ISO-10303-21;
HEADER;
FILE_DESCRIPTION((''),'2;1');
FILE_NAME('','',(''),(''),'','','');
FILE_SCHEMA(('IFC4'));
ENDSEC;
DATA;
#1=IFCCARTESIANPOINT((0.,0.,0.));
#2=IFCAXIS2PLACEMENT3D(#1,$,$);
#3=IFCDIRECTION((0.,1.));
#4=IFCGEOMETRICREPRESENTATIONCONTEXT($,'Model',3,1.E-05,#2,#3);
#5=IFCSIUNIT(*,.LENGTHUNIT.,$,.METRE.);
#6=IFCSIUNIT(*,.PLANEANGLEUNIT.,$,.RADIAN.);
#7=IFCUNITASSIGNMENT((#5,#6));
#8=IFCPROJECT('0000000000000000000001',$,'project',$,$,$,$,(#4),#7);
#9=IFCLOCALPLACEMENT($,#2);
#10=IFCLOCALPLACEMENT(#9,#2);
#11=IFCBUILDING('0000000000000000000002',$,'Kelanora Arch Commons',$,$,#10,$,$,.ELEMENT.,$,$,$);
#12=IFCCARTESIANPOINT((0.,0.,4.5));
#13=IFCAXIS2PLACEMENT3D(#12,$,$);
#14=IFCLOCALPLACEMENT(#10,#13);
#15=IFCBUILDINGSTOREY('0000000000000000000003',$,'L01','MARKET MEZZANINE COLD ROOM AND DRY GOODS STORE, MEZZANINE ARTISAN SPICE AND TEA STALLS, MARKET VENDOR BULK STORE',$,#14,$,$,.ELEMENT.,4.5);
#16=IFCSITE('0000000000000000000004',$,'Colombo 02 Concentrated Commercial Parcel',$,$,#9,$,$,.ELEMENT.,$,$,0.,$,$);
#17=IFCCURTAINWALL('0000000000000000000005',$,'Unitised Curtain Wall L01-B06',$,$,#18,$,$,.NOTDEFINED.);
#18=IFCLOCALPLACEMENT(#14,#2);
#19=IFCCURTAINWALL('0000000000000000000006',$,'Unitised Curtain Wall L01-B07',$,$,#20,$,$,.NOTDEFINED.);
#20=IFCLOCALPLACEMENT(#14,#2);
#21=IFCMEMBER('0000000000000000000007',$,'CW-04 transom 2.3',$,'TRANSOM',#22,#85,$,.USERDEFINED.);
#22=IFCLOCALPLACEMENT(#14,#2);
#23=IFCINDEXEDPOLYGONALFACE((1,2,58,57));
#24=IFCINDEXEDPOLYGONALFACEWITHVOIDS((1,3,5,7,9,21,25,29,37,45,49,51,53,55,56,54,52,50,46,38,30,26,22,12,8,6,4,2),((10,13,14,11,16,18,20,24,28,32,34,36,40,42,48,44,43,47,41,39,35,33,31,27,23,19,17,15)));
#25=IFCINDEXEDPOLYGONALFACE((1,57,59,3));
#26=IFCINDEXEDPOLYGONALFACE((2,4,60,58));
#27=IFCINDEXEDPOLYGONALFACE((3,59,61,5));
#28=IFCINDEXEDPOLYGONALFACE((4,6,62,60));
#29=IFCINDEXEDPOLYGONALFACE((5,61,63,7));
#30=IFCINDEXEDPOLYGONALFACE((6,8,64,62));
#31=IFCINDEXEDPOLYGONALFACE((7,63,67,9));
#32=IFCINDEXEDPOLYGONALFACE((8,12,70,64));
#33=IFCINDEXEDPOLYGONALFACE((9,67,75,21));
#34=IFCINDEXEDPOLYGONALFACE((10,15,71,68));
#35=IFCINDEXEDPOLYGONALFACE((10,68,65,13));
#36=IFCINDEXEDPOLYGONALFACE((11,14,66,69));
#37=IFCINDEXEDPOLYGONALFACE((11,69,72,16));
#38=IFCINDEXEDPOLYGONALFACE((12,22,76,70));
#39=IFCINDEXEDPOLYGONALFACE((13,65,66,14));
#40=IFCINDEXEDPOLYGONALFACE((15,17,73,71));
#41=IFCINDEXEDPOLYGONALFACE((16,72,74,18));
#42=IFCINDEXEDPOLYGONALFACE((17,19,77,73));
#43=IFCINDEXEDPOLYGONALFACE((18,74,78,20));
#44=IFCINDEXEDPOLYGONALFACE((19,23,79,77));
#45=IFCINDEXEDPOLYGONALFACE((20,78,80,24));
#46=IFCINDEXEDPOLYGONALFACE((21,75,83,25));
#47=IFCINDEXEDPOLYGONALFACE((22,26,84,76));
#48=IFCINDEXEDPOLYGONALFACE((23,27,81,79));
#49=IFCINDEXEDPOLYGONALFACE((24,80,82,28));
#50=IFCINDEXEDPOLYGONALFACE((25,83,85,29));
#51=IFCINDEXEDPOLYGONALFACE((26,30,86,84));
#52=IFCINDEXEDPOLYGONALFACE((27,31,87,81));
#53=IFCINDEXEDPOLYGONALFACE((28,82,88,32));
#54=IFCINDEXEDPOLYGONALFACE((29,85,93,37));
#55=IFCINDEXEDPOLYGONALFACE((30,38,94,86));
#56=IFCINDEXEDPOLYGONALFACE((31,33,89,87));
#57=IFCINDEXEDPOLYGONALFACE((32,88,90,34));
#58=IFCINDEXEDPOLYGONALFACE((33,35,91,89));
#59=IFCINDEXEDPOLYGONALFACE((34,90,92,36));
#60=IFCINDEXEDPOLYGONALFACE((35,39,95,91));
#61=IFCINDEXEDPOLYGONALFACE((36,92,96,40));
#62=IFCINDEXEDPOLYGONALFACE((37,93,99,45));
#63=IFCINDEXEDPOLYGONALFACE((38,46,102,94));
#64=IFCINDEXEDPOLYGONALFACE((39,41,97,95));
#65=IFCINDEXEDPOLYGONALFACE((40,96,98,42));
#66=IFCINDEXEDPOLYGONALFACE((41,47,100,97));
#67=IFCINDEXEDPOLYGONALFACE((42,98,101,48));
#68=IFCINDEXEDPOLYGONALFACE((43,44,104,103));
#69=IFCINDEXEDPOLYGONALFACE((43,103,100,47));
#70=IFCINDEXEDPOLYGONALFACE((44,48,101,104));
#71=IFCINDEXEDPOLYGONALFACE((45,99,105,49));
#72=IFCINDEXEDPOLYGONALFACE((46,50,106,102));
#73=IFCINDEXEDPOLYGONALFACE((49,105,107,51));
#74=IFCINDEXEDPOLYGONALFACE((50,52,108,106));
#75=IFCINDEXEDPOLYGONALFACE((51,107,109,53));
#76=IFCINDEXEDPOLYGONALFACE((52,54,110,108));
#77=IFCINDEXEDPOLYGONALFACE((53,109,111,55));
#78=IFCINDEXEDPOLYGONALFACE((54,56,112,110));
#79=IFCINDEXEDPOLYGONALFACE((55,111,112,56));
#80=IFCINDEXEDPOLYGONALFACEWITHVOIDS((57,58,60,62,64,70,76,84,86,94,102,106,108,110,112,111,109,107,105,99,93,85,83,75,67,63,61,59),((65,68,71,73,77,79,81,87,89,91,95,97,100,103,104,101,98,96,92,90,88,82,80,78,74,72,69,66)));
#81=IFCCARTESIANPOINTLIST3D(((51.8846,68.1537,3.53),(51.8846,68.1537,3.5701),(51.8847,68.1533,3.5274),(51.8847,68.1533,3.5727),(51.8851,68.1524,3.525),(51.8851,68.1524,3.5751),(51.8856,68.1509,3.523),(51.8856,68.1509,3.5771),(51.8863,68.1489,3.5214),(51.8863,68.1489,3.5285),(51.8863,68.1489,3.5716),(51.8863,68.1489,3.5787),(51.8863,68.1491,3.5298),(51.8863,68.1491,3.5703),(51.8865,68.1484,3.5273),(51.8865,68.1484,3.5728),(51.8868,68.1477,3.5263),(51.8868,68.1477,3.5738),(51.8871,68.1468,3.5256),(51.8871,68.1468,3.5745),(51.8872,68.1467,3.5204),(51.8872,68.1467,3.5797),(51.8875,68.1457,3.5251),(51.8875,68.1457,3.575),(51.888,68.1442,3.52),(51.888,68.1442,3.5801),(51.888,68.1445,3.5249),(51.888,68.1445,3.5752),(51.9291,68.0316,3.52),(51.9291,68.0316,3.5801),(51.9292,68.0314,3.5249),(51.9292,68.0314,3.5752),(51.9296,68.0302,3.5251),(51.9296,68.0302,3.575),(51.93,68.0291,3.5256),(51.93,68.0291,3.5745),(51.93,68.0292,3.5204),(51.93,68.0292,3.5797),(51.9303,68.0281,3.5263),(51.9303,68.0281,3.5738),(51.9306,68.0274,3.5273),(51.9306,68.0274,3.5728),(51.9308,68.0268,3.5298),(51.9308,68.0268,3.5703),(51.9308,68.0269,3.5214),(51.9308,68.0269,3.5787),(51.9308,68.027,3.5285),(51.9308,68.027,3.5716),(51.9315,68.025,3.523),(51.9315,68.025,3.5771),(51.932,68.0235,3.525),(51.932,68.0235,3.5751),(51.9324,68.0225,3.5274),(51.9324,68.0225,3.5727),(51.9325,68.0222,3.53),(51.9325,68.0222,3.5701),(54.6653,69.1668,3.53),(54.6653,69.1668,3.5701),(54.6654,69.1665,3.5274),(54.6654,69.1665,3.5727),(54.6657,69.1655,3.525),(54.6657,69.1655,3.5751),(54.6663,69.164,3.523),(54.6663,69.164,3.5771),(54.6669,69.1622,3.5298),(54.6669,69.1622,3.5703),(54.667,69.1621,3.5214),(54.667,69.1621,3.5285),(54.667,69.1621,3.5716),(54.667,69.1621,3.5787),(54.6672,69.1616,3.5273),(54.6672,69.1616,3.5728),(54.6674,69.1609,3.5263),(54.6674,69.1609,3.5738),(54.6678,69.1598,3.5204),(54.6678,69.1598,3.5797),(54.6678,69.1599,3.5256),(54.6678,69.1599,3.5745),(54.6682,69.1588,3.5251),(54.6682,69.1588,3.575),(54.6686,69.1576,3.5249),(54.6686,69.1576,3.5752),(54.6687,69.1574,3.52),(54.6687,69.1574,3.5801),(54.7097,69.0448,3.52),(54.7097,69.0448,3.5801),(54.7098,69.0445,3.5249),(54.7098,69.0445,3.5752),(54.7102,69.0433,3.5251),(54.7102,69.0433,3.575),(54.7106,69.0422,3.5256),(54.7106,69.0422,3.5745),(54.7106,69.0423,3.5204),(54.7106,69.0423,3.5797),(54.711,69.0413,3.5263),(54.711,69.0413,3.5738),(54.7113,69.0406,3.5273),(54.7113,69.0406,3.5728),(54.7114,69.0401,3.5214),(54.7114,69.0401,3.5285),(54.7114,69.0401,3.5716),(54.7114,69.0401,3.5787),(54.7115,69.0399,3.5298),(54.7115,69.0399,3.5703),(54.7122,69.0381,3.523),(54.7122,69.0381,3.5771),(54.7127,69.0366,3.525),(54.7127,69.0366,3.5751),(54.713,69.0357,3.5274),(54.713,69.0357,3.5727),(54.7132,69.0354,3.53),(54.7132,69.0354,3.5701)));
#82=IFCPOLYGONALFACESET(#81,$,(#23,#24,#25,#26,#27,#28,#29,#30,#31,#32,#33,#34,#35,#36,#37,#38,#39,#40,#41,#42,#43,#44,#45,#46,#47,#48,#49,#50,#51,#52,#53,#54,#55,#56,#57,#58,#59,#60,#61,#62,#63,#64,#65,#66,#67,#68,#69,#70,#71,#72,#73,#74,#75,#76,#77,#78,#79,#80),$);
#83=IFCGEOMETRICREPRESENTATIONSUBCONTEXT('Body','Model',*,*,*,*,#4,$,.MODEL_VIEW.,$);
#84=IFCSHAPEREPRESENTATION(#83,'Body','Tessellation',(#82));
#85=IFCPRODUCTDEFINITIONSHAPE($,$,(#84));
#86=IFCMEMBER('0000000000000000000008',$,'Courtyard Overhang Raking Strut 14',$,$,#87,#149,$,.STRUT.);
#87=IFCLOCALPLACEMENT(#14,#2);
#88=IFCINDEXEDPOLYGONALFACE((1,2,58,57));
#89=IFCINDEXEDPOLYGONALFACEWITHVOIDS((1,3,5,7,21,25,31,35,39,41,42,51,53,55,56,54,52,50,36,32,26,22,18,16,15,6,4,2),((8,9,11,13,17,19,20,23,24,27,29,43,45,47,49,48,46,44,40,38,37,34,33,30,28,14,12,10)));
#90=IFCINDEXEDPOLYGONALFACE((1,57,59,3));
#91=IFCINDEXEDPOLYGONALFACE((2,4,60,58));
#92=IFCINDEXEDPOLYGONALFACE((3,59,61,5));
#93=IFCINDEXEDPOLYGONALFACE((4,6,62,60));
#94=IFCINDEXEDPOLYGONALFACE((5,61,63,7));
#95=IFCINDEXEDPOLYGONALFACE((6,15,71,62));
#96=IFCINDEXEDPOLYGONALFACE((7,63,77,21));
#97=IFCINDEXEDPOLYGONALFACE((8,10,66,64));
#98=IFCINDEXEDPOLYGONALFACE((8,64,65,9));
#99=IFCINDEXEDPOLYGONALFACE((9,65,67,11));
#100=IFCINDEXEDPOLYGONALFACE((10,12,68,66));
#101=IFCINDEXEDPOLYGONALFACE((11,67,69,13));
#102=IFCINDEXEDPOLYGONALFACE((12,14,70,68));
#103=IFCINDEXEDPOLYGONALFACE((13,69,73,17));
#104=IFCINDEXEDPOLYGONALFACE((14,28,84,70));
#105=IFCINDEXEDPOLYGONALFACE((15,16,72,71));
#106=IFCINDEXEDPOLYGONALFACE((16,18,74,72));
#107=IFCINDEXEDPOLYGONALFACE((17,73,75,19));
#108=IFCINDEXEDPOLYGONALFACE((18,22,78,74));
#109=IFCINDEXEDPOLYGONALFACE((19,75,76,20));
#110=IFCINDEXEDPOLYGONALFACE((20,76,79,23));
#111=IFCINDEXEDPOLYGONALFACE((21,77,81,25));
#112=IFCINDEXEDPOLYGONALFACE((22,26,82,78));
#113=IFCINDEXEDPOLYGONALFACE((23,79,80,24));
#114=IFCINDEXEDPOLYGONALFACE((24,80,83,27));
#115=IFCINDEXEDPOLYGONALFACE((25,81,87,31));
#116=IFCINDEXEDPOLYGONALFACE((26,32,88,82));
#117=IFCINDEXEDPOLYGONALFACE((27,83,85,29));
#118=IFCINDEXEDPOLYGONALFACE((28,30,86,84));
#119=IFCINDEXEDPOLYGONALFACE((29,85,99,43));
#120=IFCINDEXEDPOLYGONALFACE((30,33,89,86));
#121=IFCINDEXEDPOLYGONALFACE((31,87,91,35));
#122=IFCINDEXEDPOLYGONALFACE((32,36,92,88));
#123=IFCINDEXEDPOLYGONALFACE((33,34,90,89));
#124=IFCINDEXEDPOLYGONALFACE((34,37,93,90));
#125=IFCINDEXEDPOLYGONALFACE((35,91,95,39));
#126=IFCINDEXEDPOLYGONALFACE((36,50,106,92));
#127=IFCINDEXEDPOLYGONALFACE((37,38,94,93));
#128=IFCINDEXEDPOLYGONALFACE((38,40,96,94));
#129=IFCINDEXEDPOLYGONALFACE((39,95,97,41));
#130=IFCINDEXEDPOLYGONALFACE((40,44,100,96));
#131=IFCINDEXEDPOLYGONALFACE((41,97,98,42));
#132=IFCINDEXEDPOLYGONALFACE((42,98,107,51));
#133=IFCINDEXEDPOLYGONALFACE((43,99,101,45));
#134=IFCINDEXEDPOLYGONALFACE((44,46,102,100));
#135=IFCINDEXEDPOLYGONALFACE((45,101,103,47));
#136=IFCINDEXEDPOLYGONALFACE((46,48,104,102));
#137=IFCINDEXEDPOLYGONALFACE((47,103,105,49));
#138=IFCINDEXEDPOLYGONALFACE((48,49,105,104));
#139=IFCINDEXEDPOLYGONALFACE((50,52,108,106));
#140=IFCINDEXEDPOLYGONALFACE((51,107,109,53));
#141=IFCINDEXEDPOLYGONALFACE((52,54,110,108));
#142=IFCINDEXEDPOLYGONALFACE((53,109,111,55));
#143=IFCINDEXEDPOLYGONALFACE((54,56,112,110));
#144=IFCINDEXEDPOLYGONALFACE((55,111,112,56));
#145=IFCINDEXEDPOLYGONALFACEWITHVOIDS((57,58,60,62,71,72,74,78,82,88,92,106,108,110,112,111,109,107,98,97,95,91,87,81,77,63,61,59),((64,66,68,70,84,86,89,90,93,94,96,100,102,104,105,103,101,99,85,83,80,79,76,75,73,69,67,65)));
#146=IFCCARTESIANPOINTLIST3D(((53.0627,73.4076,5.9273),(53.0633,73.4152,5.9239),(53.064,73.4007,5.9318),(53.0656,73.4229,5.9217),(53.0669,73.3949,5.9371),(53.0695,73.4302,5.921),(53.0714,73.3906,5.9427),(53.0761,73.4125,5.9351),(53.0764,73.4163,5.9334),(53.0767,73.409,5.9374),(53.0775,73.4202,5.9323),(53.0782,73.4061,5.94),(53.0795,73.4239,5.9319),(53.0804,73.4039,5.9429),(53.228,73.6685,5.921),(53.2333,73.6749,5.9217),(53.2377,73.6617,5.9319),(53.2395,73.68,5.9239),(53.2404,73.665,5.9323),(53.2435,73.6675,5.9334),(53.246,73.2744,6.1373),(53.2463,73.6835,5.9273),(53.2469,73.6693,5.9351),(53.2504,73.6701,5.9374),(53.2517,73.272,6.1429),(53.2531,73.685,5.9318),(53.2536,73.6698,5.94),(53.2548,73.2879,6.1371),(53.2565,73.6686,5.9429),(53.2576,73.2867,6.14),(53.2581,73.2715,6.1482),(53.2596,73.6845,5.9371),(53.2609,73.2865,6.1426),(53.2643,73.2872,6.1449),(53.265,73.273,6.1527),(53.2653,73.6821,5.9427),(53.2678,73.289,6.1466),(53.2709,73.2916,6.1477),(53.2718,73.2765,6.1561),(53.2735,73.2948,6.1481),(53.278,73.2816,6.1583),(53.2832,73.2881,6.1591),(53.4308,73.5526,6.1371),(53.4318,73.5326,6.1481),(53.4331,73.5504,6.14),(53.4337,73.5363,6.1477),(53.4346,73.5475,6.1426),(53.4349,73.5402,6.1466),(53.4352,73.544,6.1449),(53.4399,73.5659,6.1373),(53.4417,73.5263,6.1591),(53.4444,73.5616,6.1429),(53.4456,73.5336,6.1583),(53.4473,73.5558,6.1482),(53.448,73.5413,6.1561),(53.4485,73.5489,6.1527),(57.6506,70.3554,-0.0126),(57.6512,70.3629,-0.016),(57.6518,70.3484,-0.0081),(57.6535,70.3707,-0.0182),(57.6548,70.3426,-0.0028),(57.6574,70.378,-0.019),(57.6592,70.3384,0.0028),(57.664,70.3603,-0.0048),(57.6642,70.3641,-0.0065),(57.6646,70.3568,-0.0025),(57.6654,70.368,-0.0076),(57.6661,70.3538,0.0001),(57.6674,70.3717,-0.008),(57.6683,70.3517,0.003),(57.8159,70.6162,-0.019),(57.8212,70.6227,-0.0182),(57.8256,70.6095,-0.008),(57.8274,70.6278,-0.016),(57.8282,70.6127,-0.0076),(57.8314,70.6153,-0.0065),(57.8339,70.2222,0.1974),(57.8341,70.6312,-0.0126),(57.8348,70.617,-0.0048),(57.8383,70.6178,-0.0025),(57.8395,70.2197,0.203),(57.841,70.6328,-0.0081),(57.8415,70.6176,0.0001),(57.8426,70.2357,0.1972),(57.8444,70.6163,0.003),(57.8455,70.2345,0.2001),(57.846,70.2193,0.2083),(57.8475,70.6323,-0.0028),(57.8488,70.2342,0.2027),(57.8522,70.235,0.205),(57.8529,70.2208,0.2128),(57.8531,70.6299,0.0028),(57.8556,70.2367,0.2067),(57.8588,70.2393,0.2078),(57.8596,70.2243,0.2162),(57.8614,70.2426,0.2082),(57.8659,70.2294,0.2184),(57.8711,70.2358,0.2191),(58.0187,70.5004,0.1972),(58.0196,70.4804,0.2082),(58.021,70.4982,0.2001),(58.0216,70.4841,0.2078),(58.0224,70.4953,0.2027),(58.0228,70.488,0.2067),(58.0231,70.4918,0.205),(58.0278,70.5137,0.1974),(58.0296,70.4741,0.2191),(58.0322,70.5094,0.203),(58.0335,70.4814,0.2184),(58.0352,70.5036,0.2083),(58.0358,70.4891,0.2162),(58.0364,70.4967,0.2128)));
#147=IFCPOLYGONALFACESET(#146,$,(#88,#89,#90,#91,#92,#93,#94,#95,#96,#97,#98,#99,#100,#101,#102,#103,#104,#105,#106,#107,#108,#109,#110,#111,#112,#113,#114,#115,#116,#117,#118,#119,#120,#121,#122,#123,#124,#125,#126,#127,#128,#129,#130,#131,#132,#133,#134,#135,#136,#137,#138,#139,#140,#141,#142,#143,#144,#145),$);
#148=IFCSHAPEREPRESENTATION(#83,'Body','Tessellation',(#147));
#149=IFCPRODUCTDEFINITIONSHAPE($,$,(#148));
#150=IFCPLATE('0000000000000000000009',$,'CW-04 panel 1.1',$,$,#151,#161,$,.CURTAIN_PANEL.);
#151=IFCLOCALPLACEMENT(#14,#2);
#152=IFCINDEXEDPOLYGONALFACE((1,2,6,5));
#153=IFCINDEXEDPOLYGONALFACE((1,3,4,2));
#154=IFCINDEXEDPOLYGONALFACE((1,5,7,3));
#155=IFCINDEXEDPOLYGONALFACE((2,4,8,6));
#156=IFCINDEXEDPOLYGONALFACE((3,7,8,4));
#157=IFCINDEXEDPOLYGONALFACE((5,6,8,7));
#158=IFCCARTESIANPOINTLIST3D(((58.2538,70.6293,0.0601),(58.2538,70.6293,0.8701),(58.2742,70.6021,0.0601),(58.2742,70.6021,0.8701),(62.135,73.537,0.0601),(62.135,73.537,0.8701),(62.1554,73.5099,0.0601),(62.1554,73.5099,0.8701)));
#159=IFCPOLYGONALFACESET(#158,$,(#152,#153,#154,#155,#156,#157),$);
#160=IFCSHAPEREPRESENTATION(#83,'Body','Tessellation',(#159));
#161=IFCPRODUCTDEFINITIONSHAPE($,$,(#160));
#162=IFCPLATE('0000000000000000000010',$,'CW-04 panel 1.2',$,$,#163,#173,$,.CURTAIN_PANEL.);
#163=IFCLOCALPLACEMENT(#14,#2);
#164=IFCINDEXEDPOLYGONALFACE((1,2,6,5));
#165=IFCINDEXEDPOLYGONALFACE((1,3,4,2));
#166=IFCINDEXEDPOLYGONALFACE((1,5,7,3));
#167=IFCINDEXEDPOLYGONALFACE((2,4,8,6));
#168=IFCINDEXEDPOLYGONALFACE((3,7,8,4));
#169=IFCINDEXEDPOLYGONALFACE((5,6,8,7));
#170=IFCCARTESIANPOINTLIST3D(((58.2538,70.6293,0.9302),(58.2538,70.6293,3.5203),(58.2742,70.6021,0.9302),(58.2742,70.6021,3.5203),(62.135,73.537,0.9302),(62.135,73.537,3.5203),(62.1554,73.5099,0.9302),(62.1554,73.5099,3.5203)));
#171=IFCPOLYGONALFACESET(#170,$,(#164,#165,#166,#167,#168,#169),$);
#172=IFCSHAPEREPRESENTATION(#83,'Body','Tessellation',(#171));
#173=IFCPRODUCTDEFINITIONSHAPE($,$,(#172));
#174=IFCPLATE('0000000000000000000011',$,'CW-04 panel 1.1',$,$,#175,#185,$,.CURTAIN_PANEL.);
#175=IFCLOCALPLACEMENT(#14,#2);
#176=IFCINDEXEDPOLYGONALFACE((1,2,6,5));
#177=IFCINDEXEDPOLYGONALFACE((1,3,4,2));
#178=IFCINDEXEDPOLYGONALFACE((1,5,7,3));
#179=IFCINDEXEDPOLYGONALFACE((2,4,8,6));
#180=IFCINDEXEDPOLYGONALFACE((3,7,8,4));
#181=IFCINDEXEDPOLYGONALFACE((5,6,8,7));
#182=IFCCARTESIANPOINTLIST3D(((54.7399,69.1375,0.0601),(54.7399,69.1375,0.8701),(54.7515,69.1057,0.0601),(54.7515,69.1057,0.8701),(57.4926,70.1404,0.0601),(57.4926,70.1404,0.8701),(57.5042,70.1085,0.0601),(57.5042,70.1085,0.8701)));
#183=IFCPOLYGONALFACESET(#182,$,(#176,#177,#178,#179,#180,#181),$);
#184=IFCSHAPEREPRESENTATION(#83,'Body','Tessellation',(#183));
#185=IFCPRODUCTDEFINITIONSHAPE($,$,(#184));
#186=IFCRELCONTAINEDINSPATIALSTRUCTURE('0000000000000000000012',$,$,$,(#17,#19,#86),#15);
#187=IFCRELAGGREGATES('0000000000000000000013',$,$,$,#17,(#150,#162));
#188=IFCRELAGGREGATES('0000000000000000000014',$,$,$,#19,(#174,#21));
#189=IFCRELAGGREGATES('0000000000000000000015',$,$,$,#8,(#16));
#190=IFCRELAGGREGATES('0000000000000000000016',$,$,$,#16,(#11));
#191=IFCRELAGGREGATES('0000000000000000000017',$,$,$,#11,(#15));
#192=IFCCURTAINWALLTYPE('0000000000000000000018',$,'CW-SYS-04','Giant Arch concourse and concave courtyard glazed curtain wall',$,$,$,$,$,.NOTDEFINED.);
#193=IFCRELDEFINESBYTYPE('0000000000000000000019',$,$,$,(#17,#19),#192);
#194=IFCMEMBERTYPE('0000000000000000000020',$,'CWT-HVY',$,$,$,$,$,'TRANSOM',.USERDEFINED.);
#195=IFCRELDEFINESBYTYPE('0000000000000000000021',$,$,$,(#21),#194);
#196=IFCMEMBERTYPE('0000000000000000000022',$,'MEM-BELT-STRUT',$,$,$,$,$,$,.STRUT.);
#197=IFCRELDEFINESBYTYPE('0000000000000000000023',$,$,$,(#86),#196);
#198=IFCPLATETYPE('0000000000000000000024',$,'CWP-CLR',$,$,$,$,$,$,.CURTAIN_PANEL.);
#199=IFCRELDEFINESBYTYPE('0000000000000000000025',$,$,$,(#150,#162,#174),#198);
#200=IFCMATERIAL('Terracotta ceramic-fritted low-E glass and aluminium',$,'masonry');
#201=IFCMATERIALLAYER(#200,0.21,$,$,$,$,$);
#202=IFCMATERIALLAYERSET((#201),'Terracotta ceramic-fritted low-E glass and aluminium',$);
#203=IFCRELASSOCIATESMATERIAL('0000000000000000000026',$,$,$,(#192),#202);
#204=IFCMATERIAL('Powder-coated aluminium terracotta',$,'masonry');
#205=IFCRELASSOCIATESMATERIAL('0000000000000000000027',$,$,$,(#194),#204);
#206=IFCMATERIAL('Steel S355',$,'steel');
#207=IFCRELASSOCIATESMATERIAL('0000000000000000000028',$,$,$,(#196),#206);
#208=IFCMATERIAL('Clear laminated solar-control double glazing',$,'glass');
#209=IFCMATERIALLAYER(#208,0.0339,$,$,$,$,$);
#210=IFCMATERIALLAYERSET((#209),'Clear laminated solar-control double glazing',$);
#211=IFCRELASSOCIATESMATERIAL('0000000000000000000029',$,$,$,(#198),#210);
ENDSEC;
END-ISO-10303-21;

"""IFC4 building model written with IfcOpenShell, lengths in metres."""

from ifc_helpers import new_model, si_unit, direction, frame, origin, origin_2d, place, context, subcontext, project, spatial, rectangle, hollow_rectangle, extrude, source, transform, mapped, material, layer, layer_set, material_profile, profile_set, type_object, element, aggregate, save


model = new_model("IFC4")

# Units and contexts
model_context = context("Model", 3, precision=1e-05, world=origin(), true_north=direction((0.0, 1.0)))
body_context = subcontext(model_context, "Body", "Model", "MODEL_VIEW")
ifc_project = project(units=[si_unit("LENGTHUNIT", "METRE"), si_unit("PLANEANGLEUNIT", "RADIAN")], contexts=[model_context])

# Site, building, storey
site_placement = place(None, origin())
site = spatial("IfcSite", under=ifc_project, at=site_placement, Name="Colombo 02 Concentrated Commercial Parcel", CompositionType="ELEMENT", RefElevation=0.0)
building_placement = place(site_placement, origin())
building = spatial("IfcBuilding", under=site, at=building_placement, Name="Kelanora Arch Commons", CompositionType="ELEMENT")
storey_placement = place(building_placement, frame((0.0, 0.0, 4.5)))
storey = spatial("IfcBuildingStorey", under=building, at=storey_placement, Name="L01", Description="MARKET MEZZANINE COLD ROOM AND DRY GOODS STORE, MEZZANINE ARTISAN SPICE AND TEA STALLS, MARKET VENDOR BULK STORE", CompositionType="ELEMENT", Elevation=4.5)

# Shared definitions
ifc_material_1 = material(Name="Steel S355", Category="steel")

# Curtain wall
ifc_material_2 = material(Name="Terracotta ceramic-fritted low-E glass and aluminium", Category="masonry")
ifc_layer_1 = layer(ifc_material_2, 0.21)
ifc_layer_set_1 = layer_set([ifc_layer_1], Name="Terracotta ceramic-fritted low-E glass and aluminium")
curtain_wall_type = type_object("IfcCurtainWallType", Name="CW-SYS-04", Description="Giant Arch concourse and concave courtyard glazed curtain wall", PredefinedType="NOTDEFINED", material=ifc_layer_set_1)
curtain_wall_1_placement = place(storey_placement, origin())
curtain_wall_1 = element("IfcCurtainWall", 1, at=curtain_wall_1_placement, inside=storey, type_object=curtain_wall_type, Name="Unitised Curtain Wall L01-B06", PredefinedType="NOTDEFINED")
ifc_material_3 = material(Name="Powder-coated aluminium terracotta", Category="masonry")

# Curtain wall, member
curtain_wall_2_placement = place(storey_placement, origin())
curtain_wall_2 = element("IfcCurtainWall", 2, at=curtain_wall_2_placement, inside=storey, type_object=curtain_wall_type, Name="Unitised Curtain Wall L01-B07", PredefinedType="NOTDEFINED")
ifc_material_profile_1 = material_profile(ifc_material_3, hollow_rectangle(XDim=0.1399, YDim=0.0601, WallThickness=0.0049, InnerFilletRadius=0.0049, OuterFilletRadius=0.01, at=origin_2d()), Name="CWT140x60")
ifc_profile_set_1 = profile_set([ifc_material_profile_1], Name="Powder-coated aluminium terracotta")
member_type_1 = type_object("IfcMemberType", Name="CWT-HVY", ElementType="TRANSOM", PredefinedType="USERDEFINED", material=ifc_profile_set_1)
member_1_placement = place(storey_placement, frame((54.6892, 69.1011, 3.55), z_axis=(-0.939576, -0.342339, 0.0), x_axis=(0.342339, -0.939576, 0.0)))
member_1 = element("IfcMember", 3, at=member_1_placement, type_object=member_type_1, Name="CW-04 transom 2.3", ObjectType="TRANSOM", PredefinedType="USERDEFINED", context=body_context, shape_type="SweptSolid", body=[
    extrude(hollow_rectangle(XDim=0.1399, YDim=0.0601, WallThickness=0.0049, InnerFilletRadius=0.0049, OuterFilletRadius=0.01, at=origin_2d()), origin(), (0.0, 0.0, 1.0), 2.9595),
])

# Member
ifc_material_profile_2 = material_profile(ifc_material_1, hollow_rectangle(XDim=0.3501, YDim=0.3501, WallThickness=0.0161, InnerFilletRadius=0.0161, OuterFilletRadius=0.032, at=origin_2d()), Name="SHS350x350x16")
ifc_profile_set_2 = profile_set([ifc_material_profile_2], Name="Steel S355")
member_type_2 = type_object("IfcMemberType", Name="MEM-BELT-STRUT", PredefinedType="STRUT", material=ifc_profile_set_2)
member_2_placement = place(storey_placement, frame((57.8435, 70.426, 0.1001), z_axis=(-0.566243, 0.376712, 0.733115), x_axis=(-0.553902, -0.832582, 0.0)))
element("IfcMember", 4, at=member_2_placement, inside=storey, type_object=member_type_2, Name="Courtyard Overhang Raking Strut 14", PredefinedType="STRUT", context=body_context, shape_type="SweptSolid", body=[
    extrude(hollow_rectangle(XDim=0.3501, YDim=0.3501, WallThickness=0.0161, InnerFilletRadius=0.0161, OuterFilletRadius=0.032, at=origin_2d()), origin(), (0.0, 0.0, 1.0), 8.1023),
])

# Plates
ifc_material_4 = material(Name="Clear laminated solar-control double glazing", Category="glass")
ifc_layer_2 = layer(ifc_material_4, 0.0339)
ifc_layer_set_2 = layer_set([ifc_layer_2], Name="Clear laminated solar-control double glazing")
plate_type = type_object("IfcPlateType", Name="CWP-CLR", PredefinedType="CURTAIN_PANEL", material=ifc_layer_set_2)
shared_shape_1 = source(origin(), body_context, "Body", "SweptSolid", [
    extrude(rectangle(XDim=4.8496, YDim=0.0339, at=origin_2d()), origin(), (0.0, 0.0, 1.0), 0.8101),
])
plate_1_placement = place(storey_placement, frame((60.2046, 72.0696, 0.0601), z_axis=(0.0, 0.0, 1.0), x_axis=(-0.800309, -0.599588, 0.0)))
plate_1 = element("IfcPlate", 5, at=plate_1_placement, type_object=plate_type, Name="CW-04 panel 1.1", PredefinedType="CURTAIN_PANEL", context=body_context, shape_type="MappedRepresentation", body=[
    mapped(shared_shape_1, transform((0.0, 0.0, 0.0), scale=1.0)),
])
shared_shape_2 = source(origin(), body_context, "Body", "SweptSolid", [
    extrude(rectangle(XDim=4.8496, YDim=0.0339, at=origin_2d()), origin(), (0.0, 0.0, 1.0), 2.5901),
])
plate_2_placement = place(storey_placement, frame((60.2046, 72.0696, 0.9302), z_axis=(0.0, 0.0, 1.0), x_axis=(-0.800309, -0.599588, 0.0)))
plate_2 = element("IfcPlate", 6, at=plate_2_placement, type_object=plate_type, Name="CW-04 panel 1.2", PredefinedType="CURTAIN_PANEL", context=body_context, shape_type="MappedRepresentation", body=[
    mapped(shared_shape_2, transform((0.0, 0.0, 0.0), scale=1.0)),
])
aggregate(curtain_wall_1, [plate_1, plate_2])
shared_shape_3 = source(origin(), body_context, "Body", "SweptSolid", [
    extrude(rectangle(XDim=2.9297, YDim=0.0339, at=origin_2d()), origin(), (0.0, 0.0, 1.0), 0.8101),
])
plate_3_placement = place(storey_placement, frame((56.1221, 69.623, 0.0601), z_axis=(0.0, 0.0, 1.0), x_axis=(-0.939584, -0.342318, 0.0)))
plate_3 = element("IfcPlate", 7, at=plate_3_placement, type_object=plate_type, Name="CW-04 panel 1.1", PredefinedType="CURTAIN_PANEL", context=body_context, shape_type="MappedRepresentation", body=[
    mapped(shared_shape_3, transform((0.0, 0.0, 0.0), scale=1.0)),
])
aggregate(curtain_wall_2, [plate_3, member_1])

save(model, "model.ifc")
